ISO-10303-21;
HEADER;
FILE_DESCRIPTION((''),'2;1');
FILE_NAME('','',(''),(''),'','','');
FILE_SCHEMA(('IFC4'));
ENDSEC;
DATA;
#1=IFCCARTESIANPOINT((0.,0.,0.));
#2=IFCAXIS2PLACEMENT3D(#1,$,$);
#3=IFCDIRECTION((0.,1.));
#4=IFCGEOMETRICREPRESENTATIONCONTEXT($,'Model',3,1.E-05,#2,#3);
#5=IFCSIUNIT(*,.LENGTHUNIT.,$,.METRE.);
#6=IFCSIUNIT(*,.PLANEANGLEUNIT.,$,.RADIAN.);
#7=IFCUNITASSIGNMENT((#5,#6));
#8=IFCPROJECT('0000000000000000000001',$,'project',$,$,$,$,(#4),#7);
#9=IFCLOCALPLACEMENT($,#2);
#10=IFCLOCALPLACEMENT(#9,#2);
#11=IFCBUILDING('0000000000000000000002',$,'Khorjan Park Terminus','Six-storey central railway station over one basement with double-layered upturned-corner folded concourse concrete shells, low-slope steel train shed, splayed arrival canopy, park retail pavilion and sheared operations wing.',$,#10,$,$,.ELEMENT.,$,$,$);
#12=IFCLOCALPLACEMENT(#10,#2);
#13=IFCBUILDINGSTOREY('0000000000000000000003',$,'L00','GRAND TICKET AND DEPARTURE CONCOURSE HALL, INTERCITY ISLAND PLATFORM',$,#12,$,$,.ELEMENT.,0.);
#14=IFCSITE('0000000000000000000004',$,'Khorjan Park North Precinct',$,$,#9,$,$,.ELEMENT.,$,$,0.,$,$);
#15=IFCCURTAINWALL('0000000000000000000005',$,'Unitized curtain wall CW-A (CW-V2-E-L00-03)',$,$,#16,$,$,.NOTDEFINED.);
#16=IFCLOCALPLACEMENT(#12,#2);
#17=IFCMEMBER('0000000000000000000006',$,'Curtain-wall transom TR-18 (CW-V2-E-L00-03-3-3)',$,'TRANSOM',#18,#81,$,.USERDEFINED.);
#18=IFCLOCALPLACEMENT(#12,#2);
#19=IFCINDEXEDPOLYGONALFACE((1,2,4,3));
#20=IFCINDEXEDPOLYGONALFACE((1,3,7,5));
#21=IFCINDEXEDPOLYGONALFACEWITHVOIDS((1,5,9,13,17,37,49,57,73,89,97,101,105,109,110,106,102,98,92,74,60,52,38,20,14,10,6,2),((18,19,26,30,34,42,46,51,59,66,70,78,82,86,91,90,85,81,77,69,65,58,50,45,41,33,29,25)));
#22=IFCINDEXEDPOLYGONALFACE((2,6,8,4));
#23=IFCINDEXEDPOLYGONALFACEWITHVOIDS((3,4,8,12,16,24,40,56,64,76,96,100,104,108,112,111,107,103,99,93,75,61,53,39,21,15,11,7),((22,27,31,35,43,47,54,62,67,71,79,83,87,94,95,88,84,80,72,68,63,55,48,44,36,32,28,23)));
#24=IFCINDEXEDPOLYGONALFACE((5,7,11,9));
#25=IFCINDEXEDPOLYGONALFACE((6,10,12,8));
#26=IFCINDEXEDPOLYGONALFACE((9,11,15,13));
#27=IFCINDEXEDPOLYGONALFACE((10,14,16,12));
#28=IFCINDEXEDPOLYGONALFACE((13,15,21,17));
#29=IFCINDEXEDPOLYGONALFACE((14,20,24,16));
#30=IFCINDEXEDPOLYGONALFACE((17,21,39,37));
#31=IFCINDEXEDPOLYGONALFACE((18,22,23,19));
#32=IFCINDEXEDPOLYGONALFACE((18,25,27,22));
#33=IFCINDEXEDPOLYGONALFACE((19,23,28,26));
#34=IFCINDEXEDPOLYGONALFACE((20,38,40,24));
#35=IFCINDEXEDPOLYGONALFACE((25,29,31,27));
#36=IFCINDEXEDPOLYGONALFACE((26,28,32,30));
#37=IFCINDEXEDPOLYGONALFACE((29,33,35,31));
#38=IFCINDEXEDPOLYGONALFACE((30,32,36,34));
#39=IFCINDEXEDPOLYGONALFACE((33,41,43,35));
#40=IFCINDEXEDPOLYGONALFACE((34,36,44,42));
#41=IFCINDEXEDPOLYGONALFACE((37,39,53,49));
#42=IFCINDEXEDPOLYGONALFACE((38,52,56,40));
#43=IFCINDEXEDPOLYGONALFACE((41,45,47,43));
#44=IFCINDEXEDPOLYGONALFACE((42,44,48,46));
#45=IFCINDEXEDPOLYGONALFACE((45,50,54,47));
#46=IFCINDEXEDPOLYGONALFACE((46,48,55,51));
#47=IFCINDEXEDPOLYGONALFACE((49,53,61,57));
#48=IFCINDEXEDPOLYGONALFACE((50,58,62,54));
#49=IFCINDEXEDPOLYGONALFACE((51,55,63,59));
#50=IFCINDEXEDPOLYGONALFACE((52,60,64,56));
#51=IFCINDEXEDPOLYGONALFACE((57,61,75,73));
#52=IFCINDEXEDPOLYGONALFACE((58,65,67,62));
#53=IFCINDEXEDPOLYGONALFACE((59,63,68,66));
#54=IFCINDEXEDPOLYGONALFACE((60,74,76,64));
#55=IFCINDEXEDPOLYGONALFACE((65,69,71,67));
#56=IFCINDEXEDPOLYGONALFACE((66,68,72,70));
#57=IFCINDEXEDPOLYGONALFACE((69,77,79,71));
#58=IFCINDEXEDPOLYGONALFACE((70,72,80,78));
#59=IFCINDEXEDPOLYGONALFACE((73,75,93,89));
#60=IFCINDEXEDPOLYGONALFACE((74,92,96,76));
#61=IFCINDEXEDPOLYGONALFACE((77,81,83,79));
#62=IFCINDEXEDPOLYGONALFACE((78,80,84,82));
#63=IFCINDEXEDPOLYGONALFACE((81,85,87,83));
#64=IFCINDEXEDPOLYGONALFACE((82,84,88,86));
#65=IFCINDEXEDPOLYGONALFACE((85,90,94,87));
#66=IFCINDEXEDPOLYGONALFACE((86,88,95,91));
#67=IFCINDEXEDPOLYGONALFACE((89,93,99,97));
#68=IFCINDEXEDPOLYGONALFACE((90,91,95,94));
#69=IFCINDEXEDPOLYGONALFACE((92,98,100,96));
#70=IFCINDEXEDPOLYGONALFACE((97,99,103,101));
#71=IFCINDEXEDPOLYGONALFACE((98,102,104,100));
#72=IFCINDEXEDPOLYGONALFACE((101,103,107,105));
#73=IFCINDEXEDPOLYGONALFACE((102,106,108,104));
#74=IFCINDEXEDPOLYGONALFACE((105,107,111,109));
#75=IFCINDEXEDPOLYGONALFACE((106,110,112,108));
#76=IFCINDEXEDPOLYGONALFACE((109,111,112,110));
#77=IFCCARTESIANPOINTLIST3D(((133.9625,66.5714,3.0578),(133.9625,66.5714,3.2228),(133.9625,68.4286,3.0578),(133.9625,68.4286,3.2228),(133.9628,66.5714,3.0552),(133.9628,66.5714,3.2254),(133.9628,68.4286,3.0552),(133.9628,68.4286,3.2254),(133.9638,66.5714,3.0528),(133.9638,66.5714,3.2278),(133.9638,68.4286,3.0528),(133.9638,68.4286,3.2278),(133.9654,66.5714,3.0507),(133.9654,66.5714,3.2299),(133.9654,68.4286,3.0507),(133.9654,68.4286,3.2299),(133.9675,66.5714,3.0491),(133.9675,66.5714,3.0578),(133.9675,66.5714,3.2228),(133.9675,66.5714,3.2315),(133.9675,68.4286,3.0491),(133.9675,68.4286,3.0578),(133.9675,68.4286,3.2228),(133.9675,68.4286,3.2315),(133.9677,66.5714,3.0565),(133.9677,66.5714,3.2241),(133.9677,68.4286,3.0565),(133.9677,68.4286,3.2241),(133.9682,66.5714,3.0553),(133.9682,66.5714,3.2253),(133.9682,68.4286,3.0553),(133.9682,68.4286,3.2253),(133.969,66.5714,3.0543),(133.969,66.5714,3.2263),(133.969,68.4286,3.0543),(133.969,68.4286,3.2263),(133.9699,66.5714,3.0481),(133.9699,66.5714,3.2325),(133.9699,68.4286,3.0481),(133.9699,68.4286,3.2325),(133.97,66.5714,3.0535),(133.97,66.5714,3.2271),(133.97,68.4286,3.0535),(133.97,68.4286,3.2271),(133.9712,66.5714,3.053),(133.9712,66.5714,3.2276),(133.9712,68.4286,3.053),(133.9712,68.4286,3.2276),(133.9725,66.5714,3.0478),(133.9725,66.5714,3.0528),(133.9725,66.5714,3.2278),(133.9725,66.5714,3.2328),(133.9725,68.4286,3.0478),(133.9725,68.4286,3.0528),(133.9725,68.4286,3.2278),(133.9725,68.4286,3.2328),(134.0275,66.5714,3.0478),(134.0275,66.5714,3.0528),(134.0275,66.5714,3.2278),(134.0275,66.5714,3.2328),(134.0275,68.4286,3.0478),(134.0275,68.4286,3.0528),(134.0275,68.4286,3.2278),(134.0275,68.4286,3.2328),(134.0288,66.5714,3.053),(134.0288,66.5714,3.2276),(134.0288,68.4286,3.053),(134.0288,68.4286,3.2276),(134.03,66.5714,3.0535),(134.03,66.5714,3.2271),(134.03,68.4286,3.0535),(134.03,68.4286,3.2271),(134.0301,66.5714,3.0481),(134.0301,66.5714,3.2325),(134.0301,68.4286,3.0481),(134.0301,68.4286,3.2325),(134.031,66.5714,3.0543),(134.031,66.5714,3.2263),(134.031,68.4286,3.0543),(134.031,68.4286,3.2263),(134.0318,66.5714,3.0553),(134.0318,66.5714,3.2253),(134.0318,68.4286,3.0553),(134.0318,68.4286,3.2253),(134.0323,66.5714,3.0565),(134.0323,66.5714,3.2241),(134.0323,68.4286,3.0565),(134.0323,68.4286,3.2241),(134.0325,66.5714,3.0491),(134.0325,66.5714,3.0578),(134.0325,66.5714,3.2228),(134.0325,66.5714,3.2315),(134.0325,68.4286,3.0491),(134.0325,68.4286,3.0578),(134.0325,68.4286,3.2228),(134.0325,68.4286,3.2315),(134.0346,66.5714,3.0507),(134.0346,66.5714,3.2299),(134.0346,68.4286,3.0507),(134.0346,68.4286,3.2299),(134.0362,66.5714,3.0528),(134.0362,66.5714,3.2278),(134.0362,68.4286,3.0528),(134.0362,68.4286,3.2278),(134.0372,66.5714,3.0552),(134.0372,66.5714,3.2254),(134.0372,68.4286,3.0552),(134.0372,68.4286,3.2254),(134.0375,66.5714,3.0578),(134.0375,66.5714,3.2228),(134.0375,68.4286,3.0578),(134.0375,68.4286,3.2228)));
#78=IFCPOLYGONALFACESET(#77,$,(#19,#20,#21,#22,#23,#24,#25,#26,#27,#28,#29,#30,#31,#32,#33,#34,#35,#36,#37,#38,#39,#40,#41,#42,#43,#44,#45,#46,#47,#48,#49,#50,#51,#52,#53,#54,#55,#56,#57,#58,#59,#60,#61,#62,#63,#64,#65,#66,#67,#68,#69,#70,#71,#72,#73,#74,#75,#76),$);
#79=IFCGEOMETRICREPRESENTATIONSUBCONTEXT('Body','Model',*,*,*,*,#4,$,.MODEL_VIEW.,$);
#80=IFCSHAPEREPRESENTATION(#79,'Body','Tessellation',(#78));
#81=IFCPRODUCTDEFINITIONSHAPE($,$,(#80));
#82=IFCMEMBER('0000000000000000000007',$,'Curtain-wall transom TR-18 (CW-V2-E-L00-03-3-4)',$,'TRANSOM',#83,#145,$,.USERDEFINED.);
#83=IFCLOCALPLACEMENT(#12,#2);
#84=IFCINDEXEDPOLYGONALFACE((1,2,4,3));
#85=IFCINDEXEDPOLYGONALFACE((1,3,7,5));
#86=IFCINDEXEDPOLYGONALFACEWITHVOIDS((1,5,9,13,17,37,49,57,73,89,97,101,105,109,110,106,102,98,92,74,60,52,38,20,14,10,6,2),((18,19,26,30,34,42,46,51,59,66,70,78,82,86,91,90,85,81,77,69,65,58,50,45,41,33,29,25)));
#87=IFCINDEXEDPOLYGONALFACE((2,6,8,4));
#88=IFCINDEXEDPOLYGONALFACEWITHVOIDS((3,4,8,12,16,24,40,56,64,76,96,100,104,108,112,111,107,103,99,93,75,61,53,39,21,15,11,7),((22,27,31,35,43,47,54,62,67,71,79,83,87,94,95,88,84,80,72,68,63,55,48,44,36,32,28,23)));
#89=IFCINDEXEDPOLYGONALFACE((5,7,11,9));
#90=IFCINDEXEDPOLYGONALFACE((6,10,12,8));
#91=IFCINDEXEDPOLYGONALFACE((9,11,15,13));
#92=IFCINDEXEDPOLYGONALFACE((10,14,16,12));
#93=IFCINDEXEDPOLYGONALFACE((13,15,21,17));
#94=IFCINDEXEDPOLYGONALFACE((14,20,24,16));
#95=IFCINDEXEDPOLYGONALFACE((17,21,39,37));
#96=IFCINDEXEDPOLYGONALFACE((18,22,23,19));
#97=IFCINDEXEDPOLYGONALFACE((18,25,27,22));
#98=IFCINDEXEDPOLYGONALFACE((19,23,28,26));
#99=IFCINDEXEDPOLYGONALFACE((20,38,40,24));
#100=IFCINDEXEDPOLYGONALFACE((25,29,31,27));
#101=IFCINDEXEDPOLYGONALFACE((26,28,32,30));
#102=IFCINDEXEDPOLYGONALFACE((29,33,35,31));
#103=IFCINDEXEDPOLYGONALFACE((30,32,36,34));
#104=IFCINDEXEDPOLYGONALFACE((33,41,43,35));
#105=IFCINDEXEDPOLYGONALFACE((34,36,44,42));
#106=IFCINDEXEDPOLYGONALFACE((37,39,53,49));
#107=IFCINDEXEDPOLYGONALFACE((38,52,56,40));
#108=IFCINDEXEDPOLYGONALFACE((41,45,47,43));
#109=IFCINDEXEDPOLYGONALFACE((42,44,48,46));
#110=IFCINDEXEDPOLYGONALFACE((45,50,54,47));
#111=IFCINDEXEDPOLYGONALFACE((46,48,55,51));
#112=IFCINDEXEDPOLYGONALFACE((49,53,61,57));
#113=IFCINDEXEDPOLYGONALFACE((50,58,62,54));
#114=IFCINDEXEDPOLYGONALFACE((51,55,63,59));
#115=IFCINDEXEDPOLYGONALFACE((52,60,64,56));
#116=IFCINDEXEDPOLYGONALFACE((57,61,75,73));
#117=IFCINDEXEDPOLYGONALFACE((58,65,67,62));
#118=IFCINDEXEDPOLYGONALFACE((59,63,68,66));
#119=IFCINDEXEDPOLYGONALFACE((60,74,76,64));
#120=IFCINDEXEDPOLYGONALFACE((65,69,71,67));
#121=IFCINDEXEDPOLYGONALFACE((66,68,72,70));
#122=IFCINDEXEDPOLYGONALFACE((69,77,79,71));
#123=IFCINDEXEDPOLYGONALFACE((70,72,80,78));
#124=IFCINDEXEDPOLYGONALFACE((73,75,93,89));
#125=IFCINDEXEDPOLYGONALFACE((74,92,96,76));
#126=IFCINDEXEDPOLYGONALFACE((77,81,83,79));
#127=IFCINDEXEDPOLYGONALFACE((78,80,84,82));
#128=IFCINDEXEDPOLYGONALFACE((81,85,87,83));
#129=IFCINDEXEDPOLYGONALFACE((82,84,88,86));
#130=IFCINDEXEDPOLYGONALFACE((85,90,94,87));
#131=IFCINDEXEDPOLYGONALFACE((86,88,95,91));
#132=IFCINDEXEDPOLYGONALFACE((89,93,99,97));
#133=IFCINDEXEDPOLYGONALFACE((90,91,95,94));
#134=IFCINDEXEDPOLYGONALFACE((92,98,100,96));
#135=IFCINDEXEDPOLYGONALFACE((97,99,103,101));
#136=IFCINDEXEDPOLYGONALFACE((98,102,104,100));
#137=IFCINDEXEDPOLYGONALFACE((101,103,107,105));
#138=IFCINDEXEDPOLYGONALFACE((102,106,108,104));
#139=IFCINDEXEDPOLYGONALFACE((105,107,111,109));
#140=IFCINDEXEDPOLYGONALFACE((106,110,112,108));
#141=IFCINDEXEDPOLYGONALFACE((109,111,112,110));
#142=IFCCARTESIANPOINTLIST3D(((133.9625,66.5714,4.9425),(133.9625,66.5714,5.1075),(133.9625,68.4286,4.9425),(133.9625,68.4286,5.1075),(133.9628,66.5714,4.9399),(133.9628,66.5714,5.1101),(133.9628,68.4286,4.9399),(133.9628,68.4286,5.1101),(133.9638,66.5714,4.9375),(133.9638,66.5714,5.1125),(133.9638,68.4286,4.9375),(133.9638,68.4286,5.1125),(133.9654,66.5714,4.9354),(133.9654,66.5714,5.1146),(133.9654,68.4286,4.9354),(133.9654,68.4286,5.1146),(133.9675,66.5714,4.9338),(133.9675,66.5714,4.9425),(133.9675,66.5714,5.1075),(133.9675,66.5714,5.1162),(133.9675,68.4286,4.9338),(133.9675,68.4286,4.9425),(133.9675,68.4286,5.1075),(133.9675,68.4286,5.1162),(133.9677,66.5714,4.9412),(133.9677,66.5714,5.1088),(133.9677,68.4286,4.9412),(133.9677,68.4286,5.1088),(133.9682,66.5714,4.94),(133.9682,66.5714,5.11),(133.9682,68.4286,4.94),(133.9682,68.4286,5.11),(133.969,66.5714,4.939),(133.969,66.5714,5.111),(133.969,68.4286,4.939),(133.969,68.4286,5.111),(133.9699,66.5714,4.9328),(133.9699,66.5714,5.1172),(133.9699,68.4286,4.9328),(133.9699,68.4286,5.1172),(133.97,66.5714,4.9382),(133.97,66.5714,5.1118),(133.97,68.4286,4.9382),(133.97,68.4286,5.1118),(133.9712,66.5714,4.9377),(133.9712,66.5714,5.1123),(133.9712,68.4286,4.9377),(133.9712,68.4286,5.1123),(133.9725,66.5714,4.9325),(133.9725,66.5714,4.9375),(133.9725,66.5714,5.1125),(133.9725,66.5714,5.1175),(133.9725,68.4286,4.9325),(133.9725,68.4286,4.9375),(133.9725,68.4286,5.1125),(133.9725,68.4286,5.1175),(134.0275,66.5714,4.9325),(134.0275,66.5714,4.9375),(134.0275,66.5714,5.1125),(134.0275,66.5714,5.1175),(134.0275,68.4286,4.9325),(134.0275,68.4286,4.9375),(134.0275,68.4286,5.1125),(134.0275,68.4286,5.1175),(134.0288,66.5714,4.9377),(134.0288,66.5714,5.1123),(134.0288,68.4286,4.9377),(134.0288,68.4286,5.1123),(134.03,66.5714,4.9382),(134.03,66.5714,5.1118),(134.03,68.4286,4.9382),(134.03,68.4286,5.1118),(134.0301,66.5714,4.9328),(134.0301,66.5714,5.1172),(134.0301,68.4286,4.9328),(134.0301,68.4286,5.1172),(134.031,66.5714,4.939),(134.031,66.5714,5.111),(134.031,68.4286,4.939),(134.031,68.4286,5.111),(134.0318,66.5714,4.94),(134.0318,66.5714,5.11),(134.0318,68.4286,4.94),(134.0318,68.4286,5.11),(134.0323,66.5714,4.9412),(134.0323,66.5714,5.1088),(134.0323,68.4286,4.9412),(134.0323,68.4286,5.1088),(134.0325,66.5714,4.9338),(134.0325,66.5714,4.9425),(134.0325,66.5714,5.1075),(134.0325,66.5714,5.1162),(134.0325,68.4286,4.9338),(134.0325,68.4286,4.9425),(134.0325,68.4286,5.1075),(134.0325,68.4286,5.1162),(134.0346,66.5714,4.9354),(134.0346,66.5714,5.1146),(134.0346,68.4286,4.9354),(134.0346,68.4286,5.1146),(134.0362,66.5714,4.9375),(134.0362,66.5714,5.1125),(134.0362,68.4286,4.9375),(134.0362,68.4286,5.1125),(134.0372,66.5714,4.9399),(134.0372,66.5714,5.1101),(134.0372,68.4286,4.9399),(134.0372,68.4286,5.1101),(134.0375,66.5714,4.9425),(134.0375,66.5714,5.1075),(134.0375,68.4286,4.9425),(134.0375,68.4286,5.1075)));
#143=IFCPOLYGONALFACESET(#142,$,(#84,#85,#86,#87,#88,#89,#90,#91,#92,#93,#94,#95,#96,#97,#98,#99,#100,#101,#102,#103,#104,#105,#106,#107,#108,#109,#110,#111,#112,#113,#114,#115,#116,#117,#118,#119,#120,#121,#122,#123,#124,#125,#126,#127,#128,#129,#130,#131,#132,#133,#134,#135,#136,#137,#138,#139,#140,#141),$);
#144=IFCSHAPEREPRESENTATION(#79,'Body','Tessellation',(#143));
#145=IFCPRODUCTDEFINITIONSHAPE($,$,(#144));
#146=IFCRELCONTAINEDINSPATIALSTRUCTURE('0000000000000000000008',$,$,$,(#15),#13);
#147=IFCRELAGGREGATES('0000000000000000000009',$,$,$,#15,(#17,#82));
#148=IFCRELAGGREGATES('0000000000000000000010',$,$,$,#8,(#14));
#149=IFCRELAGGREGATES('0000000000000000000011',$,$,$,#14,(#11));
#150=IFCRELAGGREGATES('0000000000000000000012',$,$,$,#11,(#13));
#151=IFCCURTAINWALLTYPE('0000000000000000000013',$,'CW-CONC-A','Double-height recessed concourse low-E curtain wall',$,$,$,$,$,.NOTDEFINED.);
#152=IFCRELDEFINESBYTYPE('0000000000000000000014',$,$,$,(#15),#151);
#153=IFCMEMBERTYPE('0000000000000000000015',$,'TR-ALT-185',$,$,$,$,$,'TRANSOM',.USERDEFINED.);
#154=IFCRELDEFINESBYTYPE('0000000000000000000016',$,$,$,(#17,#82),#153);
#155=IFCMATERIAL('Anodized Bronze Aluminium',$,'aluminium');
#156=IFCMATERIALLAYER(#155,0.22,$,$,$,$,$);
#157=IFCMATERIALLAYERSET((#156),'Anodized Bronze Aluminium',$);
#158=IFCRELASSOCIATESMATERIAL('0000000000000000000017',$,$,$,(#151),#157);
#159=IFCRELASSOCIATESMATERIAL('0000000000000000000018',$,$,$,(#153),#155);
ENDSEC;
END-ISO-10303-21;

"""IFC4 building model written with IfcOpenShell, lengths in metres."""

from ifc_helpers import new_model, si_unit, direction, frame, origin, origin_2d, place, context, subcontext, project, spatial, hollow_rectangle, extrude, material, layer, layer_set, material_profile, profile_set, type_object, element, aggregate, save


model = new_model("IFC4")

# Units and contexts
model_context = context("Model", 3, precision=1e-05, world=origin(), true_north=direction((0.0, 1.0)))
body_context = subcontext(model_context, "Body", "Model", "MODEL_VIEW")
ifc_project = project(units=[si_unit("LENGTHUNIT", "METRE"), si_unit("PLANEANGLEUNIT", "RADIAN")], contexts=[model_context])

# Site, building, storey
site_placement = place(None, origin())
site = spatial("IfcSite", under=ifc_project, at=site_placement, Name="Khorjan Park North Precinct", CompositionType="ELEMENT", RefElevation=0.0)
building_placement = place(site_placement, origin())
building = spatial("IfcBuilding", under=site, at=building_placement, Name="Khorjan Park Terminus", Description="Six-storey central railway station over one basement with double-layered upturned-corner folded concourse concrete shells, low-slope steel train shed, splayed arrival canopy, park retail pavilion and sheared operations wing.", CompositionType="ELEMENT")
storey_placement = place(building_placement, origin())
storey = spatial("IfcBuildingStorey", under=building, at=storey_placement, Name="L00", Description="GRAND TICKET AND DEPARTURE CONCOURSE HALL, INTERCITY ISLAND PLATFORM", CompositionType="ELEMENT", Elevation=0.0)

# Curtain wall, members
ifc_material_1 = material(Name="Anodized Bronze Aluminium", Category="aluminium")
ifc_layer_1 = layer(ifc_material_1, 0.22)
ifc_layer_set_1 = layer_set([ifc_layer_1], Name="Anodized Bronze Aluminium")
curtain_wall_type = type_object("IfcCurtainWallType", Name="CW-CONC-A", Description="Double-height recessed concourse low-E curtain wall", PredefinedType="NOTDEFINED", material=ifc_layer_set_1)
curtain_wall_placement = place(storey_placement, origin())
curtain_wall = element("IfcCurtainWall", 1, at=curtain_wall_placement, inside=storey, type_object=curtain_wall_type, Name="Unitized curtain wall CW-A (CW-V2-E-L00-03)", PredefinedType="NOTDEFINED")
ifc_material_profile_1 = material_profile(ifc_material_1, hollow_rectangle(XDim=0.075, YDim=0.185, WallThickness=0.005, InnerFilletRadius=0.005, OuterFilletRadius=0.01, at=origin_2d()), Name="ALT 75x185x5")
ifc_profile_set_1 = profile_set([ifc_material_profile_1], Name="Anodized Bronze Aluminium")
member_type_1 = type_object("IfcMemberType", Name="TR-ALT-185", ElementType="TRANSOM", PredefinedType="USERDEFINED", material=ifc_profile_set_1)
member_1_placement = place(storey_placement, frame((134.0, 66.5714, 3.1403), z_axis=(0.0, 1.0, 0.0), x_axis=(-1.0, 0.0, 0.0)))
member_1 = element("IfcMember", 2, at=member_1_placement, type_object=member_type_1, Name="Curtain-wall transom TR-18 (CW-V2-E-L00-03-3-3)", ObjectType="TRANSOM", PredefinedType="USERDEFINED", context=body_context, shape_type="SweptSolid", body=[
    extrude(hollow_rectangle(XDim=0.075, YDim=0.185, WallThickness=0.005, InnerFilletRadius=0.005, OuterFilletRadius=0.01, at=origin_2d()), origin(), (0.0, 0.0, 1.0), 1.8572),
])
member_2_placement = place(storey_placement, frame((134.0, 66.5714, 5.025), z_axis=(0.0, 1.0, 0.0), x_axis=(-1.0, 0.0, 0.0)))
member_2 = element("IfcMember", 3, at=member_2_placement, type_object=member_type_1, Name="Curtain-wall transom TR-18 (CW-V2-E-L00-03-3-4)", ObjectType="TRANSOM", PredefinedType="USERDEFINED", context=body_context, shape_type="SweptSolid", body=[
    extrude(hollow_rectangle(XDim=0.075, YDim=0.185, WallThickness=0.005, InnerFilletRadius=0.005, OuterFilletRadius=0.01, at=origin_2d()), origin(), (0.0, 0.0, 1.0), 1.8572),
])
aggregate(curtain_wall, [member_1, member_2])

save(model, "model.ifc")
